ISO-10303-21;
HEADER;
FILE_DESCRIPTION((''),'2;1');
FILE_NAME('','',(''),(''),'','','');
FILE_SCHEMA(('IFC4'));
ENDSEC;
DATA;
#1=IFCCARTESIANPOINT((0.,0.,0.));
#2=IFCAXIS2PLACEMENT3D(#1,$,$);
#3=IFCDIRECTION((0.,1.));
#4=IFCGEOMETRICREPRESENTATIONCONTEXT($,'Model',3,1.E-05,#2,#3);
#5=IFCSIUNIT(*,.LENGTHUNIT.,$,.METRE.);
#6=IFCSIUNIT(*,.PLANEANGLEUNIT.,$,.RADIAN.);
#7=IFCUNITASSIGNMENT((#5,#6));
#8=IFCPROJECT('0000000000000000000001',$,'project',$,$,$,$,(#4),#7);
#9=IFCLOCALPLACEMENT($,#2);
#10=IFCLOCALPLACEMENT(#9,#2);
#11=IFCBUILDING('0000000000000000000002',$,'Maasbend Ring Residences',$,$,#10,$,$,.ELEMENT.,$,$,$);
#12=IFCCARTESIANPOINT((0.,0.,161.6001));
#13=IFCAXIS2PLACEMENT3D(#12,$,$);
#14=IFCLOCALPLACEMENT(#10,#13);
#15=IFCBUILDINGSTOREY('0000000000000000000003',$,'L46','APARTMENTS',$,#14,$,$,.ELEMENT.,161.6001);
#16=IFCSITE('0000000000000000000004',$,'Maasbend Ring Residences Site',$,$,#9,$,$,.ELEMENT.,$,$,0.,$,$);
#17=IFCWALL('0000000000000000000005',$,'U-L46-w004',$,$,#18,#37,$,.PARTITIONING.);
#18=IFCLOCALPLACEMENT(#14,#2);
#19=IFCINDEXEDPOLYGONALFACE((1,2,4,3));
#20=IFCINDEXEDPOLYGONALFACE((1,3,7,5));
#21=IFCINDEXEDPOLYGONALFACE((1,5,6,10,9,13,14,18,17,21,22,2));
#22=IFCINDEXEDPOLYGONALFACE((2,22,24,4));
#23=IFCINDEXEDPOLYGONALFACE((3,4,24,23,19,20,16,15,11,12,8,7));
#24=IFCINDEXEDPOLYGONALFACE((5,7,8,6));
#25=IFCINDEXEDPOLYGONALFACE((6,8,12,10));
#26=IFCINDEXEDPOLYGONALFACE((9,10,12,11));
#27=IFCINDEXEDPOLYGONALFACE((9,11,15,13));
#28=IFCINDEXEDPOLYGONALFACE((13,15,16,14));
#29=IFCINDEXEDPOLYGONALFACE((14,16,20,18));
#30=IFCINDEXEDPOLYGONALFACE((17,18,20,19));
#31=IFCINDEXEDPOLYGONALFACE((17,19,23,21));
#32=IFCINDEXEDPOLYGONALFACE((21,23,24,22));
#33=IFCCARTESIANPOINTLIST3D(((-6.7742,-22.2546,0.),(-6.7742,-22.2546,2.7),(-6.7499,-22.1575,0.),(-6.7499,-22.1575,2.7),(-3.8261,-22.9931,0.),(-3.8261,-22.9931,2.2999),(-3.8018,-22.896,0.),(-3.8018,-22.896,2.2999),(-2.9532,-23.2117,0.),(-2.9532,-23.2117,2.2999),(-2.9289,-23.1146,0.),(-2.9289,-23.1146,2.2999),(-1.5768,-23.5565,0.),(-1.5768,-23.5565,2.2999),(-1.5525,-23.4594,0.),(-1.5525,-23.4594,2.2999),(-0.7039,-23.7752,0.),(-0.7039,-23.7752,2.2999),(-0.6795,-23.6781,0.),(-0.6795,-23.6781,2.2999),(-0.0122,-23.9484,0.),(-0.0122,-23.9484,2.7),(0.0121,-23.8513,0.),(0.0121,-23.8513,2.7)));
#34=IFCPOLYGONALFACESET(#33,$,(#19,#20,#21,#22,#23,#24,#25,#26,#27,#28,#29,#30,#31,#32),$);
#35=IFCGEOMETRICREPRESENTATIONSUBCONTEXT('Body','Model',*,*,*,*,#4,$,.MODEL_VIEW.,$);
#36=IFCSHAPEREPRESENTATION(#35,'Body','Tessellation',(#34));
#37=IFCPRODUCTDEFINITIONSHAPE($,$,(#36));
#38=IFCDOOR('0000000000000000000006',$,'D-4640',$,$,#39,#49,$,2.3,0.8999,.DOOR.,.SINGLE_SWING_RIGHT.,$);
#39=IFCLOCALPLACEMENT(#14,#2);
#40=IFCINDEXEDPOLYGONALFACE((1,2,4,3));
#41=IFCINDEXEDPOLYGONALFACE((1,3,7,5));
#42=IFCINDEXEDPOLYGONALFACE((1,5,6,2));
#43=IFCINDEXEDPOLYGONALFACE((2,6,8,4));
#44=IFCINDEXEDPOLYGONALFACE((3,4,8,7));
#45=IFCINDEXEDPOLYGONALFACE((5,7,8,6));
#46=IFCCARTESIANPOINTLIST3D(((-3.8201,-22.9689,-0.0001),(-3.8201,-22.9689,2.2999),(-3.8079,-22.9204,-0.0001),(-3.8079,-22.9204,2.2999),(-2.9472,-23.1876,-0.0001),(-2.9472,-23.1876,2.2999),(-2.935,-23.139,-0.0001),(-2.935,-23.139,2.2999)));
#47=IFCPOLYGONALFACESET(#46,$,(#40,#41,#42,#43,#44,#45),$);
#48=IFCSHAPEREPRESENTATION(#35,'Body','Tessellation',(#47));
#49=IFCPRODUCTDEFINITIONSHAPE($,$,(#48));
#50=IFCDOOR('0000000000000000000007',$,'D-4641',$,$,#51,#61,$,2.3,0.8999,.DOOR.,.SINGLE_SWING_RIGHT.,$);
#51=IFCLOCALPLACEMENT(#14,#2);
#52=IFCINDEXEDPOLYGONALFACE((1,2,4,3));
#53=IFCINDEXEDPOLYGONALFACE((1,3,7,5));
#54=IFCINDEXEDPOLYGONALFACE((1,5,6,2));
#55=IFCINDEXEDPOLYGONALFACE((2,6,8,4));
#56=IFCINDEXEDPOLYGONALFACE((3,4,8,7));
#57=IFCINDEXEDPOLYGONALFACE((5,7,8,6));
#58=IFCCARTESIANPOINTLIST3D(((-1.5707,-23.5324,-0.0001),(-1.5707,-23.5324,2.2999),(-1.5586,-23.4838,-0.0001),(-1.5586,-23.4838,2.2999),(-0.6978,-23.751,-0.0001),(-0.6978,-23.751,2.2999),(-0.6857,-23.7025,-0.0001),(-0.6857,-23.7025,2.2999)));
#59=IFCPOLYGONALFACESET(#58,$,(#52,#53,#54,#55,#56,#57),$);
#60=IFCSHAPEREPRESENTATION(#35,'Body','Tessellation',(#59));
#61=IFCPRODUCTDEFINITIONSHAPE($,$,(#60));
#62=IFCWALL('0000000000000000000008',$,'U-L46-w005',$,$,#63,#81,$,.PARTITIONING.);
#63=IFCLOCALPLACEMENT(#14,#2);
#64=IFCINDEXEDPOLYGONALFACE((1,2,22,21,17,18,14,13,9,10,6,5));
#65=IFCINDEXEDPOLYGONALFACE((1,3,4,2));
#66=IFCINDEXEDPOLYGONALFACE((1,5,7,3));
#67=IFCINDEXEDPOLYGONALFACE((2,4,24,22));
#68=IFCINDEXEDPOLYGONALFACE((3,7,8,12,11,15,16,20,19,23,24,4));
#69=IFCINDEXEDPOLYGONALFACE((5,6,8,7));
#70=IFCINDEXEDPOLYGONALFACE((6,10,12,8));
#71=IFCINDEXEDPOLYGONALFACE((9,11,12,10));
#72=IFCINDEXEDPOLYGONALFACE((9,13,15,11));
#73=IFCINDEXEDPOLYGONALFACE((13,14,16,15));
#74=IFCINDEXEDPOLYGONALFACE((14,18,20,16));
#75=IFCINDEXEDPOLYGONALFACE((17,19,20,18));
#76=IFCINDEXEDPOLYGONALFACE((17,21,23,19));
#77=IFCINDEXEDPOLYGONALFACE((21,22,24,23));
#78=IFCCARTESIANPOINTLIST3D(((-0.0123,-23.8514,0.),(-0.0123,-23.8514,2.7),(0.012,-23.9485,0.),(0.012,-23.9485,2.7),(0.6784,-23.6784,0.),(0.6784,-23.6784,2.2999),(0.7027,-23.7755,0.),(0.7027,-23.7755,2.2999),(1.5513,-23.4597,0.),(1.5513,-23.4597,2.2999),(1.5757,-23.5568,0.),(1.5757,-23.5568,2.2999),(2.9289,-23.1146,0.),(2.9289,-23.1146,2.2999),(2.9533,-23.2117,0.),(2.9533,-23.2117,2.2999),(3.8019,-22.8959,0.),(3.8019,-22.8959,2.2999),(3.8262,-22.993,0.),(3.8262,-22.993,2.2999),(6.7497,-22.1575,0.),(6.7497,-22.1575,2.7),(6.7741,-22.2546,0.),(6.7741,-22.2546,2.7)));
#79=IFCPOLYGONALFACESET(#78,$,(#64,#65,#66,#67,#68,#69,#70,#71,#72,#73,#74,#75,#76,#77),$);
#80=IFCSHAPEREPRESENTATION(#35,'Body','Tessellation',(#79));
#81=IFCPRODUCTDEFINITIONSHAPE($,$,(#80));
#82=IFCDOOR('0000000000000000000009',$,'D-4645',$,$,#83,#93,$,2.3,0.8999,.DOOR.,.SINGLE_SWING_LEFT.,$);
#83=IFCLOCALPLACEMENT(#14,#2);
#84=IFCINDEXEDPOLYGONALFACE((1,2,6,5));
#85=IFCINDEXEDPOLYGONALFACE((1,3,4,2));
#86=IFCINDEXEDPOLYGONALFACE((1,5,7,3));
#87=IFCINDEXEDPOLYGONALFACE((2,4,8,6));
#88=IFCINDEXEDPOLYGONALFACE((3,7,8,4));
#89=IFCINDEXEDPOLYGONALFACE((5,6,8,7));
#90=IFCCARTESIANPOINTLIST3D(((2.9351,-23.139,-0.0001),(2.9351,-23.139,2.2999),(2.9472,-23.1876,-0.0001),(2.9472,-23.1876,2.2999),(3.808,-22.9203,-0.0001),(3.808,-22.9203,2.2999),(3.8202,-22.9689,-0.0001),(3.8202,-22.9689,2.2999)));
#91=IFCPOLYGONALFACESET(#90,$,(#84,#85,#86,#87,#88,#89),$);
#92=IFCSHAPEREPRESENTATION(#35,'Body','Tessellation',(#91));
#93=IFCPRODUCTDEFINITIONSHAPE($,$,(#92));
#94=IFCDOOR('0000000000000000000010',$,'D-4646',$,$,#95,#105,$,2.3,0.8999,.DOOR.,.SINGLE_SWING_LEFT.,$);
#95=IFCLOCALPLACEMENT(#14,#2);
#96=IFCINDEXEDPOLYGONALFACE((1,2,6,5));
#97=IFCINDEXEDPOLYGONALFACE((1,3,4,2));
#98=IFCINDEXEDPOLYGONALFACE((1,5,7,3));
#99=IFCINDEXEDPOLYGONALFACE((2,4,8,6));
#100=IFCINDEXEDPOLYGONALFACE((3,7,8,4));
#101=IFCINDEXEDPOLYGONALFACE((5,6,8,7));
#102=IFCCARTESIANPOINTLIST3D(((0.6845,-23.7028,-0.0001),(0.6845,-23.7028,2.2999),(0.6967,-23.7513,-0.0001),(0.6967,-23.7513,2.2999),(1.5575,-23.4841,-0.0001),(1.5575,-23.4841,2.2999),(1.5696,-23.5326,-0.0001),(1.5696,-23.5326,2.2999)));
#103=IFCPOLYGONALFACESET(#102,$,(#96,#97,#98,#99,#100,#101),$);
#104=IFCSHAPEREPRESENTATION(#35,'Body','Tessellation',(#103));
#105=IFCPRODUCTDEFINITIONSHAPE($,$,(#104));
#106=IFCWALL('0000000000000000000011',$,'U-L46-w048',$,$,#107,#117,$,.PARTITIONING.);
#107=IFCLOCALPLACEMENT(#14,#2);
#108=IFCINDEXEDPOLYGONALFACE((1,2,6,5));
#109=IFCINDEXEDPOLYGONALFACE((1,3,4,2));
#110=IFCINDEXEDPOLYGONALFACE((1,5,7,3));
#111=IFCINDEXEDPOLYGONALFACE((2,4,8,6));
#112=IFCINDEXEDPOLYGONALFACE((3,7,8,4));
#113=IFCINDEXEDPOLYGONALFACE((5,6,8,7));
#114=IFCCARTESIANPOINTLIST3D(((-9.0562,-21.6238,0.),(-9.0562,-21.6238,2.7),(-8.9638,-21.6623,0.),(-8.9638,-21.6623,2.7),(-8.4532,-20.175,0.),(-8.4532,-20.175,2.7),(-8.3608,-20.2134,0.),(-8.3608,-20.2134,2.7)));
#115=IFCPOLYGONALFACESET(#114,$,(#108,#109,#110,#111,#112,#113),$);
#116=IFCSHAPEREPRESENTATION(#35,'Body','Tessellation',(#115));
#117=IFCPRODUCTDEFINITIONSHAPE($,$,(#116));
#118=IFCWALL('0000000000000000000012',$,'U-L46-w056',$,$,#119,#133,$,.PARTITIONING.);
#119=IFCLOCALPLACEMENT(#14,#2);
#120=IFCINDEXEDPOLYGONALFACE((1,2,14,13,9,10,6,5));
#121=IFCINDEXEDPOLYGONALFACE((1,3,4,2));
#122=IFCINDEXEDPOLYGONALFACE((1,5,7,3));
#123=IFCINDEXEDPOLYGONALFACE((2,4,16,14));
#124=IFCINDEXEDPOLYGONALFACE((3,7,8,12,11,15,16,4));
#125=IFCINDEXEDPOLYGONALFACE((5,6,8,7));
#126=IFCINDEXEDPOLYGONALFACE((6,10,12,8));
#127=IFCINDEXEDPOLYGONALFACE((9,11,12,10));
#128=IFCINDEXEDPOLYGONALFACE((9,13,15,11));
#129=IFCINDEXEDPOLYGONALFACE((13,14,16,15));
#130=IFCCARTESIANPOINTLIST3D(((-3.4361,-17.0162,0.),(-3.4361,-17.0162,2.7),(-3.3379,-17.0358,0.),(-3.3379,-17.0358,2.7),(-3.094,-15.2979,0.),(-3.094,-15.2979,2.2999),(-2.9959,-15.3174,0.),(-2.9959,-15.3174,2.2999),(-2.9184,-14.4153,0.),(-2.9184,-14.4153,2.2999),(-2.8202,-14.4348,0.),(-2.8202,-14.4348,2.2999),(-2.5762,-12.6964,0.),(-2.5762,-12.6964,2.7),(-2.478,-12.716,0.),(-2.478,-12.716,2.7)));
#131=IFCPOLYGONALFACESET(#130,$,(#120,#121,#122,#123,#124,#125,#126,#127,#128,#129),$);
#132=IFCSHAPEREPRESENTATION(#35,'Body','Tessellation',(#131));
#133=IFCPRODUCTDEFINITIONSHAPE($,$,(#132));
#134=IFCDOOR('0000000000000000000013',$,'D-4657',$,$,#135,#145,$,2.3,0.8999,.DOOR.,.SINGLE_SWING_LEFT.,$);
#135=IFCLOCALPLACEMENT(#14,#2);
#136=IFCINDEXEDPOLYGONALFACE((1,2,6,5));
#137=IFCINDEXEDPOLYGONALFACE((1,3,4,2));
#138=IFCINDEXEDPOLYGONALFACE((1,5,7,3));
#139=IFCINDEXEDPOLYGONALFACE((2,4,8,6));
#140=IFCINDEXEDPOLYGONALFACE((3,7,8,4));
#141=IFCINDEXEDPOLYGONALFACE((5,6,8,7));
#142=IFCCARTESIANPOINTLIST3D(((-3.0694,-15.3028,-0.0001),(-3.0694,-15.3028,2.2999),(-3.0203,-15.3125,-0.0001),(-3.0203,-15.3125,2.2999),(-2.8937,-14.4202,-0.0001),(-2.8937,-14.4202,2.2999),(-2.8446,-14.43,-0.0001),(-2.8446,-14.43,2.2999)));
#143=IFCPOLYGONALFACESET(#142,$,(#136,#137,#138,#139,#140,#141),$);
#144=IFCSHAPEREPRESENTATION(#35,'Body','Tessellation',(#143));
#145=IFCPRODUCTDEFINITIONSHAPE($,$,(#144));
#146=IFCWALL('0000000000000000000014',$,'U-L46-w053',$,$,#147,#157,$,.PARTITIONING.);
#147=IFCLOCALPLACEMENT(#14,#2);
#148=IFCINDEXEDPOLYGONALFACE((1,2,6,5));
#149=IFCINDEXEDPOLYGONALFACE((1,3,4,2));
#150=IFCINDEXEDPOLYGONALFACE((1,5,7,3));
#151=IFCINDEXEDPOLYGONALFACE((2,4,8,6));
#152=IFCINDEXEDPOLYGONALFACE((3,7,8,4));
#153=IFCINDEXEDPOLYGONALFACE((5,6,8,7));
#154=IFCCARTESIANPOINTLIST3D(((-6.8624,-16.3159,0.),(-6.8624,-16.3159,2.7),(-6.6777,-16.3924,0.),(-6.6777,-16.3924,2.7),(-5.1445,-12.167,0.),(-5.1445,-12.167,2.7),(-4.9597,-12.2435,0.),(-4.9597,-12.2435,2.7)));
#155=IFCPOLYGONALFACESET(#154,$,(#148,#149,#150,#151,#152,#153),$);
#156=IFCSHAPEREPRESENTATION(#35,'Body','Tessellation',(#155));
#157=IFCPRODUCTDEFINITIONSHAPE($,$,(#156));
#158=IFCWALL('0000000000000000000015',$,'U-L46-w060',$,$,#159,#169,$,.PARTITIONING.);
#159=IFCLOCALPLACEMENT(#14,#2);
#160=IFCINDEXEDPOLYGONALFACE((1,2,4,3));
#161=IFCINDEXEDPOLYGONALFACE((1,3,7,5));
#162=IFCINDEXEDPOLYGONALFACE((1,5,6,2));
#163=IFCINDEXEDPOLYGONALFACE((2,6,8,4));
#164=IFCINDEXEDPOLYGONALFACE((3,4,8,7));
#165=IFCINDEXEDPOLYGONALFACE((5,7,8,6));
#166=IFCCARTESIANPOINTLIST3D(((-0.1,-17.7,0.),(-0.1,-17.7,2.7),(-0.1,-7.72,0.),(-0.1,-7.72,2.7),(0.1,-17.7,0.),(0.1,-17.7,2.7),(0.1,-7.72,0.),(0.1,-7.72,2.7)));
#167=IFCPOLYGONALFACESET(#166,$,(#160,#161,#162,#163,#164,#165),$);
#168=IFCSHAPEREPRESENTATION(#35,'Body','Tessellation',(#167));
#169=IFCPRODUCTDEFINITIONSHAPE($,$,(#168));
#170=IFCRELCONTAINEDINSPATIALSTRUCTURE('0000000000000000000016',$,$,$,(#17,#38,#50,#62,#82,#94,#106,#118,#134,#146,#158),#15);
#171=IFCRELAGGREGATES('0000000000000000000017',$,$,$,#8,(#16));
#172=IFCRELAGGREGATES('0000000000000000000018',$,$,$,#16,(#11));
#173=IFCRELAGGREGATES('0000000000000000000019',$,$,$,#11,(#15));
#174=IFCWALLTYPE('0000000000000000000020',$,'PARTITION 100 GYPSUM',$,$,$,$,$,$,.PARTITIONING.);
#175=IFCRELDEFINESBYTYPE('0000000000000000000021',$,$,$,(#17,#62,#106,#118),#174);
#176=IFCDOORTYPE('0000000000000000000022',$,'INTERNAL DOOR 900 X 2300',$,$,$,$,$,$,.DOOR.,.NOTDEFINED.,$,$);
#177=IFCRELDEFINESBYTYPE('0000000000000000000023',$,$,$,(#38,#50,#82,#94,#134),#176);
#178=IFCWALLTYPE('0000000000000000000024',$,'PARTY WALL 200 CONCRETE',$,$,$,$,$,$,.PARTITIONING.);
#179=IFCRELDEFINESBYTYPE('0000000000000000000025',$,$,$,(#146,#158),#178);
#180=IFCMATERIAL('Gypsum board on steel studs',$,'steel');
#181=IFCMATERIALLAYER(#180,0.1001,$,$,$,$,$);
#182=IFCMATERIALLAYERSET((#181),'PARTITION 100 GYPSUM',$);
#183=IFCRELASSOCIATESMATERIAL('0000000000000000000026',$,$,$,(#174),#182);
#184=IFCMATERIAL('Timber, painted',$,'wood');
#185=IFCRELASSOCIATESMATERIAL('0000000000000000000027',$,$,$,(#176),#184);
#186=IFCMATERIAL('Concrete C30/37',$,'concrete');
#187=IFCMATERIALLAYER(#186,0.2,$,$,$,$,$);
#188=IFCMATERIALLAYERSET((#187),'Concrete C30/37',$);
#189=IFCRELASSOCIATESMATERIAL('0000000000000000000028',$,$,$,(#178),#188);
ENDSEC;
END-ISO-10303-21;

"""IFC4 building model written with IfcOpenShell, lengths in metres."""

from ifc_helpers import new_model, si_unit, direction, frame, frame_2d, origin, place, context, subcontext, project, spatial, rectangle, extrude, material, layer, layer_set, type_object, element, fill, save


model = new_model("IFC4")

# Units and contexts
model_context = context("Model", 3, precision=1e-05, world=origin(), true_north=direction((0.0, 1.0)))
body_context = subcontext(model_context, "Body", "Model", "MODEL_VIEW")
ifc_project = project(units=[si_unit("LENGTHUNIT", "METRE"), si_unit("PLANEANGLEUNIT", "RADIAN")], contexts=[model_context])

# Site, building, storey
site_placement = place(None, origin())
site = spatial("IfcSite", under=ifc_project, at=site_placement, Name="Maasbend Ring Residences Site", CompositionType="ELEMENT", RefElevation=0.0)
building_placement = place(site_placement, origin())
building = spatial("IfcBuilding", under=site, at=building_placement, Name="Maasbend Ring Residences", CompositionType="ELEMENT")
storey_placement = place(building_placement, frame((0.0, 0.0, 161.6001)))
storey = spatial("IfcBuildingStorey", under=building, at=storey_placement, Name="L46", Description="APARTMENTS", CompositionType="ELEMENT", Elevation=161.6001)

# Walls, openings, doors
ifc_material_1 = material(Name="Gypsum board on steel studs", Category="steel")
ifc_layer_1 = layer(ifc_material_1, 0.1001)
ifc_layer_set_1 = layer_set([ifc_layer_1], Name="PARTITION 100 GYPSUM")
wall_type_1 = type_object("IfcWallType", Name="PARTITION 100 GYPSUM", PredefinedType="PARTITIONING", material=ifc_layer_set_1)
wall_1_placement = place(storey_placement, frame((-6.762, -22.2061, 0.0), z_axis=(0.0, 0.0, 1.0), x_axis=(0.970029, -0.242989, 0.0)))
wall_1 = element("IfcWall", 1, at=wall_1_placement, inside=storey, type_object=wall_type_1, Name="U-L46-w004", PredefinedType="PARTITIONING", context=body_context, shape_type="SweptSolid", body=[
    extrude(rectangle(XDim=6.9709, YDim=0.1001, at=frame_2d((3.4854, 0.0))), origin(), (0.0, 0.0, 1.0), 2.7),
])
opening_1_placement = place(wall_1_placement, frame((3.0391, 0.0, 0.0)))
opening_1 = element("IfcOpeningElement", 2, at=opening_1_placement, cuts=wall_1, PredefinedType="OPENING", context=body_context, shape_type="SweptSolid", body=[
    extrude(rectangle(XDim=0.8999, YDim=2.3, at=frame_2d((0.45, 1.1499))), frame((0.0, 0.0601, 0.0), z_axis=(0.0, -1.0, 0.0), x_axis=(1.0, 0.0, 0.0)), (0.0, 0.0, 1.0), 0.1201),
])
opening_2_placement = place(wall_1_placement, frame((5.3579, 0.0, 0.0)))
opening_2 = element("IfcOpeningElement", 3, at=opening_2_placement, cuts=wall_1, PredefinedType="OPENING", context=body_context, shape_type="SweptSolid", body=[
    extrude(rectangle(XDim=0.8999, YDim=2.3, at=frame_2d((0.45, 1.1499))), frame((0.0, 0.0601, 0.0), z_axis=(0.0, -1.0, 0.0), x_axis=(1.0, 0.0, 0.0)), (0.0, 0.0, 1.0), 0.1201),
])
ifc_material_2 = material(Name="Timber, painted", Category="wood")
door_type_1 = type_object("IfcDoorType", Name="INTERNAL DOOR 900 X 2300", OperationType="NOTDEFINED", PredefinedType="DOOR", material=ifc_material_2)
door_1_placement = place(opening_1_placement, origin())
door_1 = element("IfcDoor", 4, at=door_1_placement, inside=storey, type_object=door_type_1, Name="D-4640", OperationType="SINGLE_SWING_RIGHT", OverallHeight=2.3, OverallWidth=0.8999, PredefinedType="DOOR", context=body_context, shape_type="SweptSolid", body=[
    extrude(rectangle(XDim=0.8999, YDim=2.3, at=frame_2d((0.45, 1.1499))), frame((0.0, 0.0249, 0.0), z_axis=(0.0, -1.0, 0.0), x_axis=(1.0, 0.0, 0.0)), (0.0, 0.0, 1.0), 0.05),
])
fill(opening_1, door_1)
door_2_placement = place(opening_2_placement, origin())
door_2 = element("IfcDoor", 5, at=door_2_placement, inside=storey, type_object=door_type_1, Name="D-4641", OperationType="SINGLE_SWING_RIGHT", OverallHeight=2.3, OverallWidth=0.8999, PredefinedType="DOOR", context=body_context, shape_type="SweptSolid", body=[
    extrude(rectangle(XDim=0.8999, YDim=2.3, at=frame_2d((0.45, 1.1499))), frame((0.0, 0.0249, 0.0), z_axis=(0.0, -1.0, 0.0), x_axis=(1.0, 0.0, 0.0)), (0.0, 0.0, 1.0), 0.05),
])
fill(opening_2, door_2)
wall_2_placement = place(storey_placement, frame((0.0, -23.8999, 0.0), z_axis=(0.0, 0.0, 1.0), x_axis=(0.970029, 0.242989, 0.0)))
wall_2 = element("IfcWall", 6, at=wall_2_placement, inside=storey, type_object=wall_type_1, Name="U-L46-w005", PredefinedType="PARTITIONING", context=body_context, shape_type="SweptSolid", body=[
    extrude(rectangle(XDim=6.9709, YDim=0.1001, at=frame_2d((3.4854, 0.0))), origin(), (0.0, 0.0, 1.0), 2.7),
])
opening_3_placement = place(wall_2_placement, frame((3.032, 0.0, 0.0)))
opening_3 = element("IfcOpeningElement", 7, at=opening_3_placement, cuts=wall_2, PredefinedType="OPENING", context=body_context, shape_type="SweptSolid", body=[
    extrude(rectangle(XDim=0.8999, YDim=2.3, at=frame_2d((0.45, 1.1499))), frame((0.0, 0.0601, 0.0), z_axis=(0.0, -1.0, 0.0), x_axis=(1.0, 0.0, 0.0)), (0.0, 0.0, 1.0), 0.1201),
])
opening_4_placement = place(wall_2_placement, frame((0.7119, 0.0, 0.0)))
opening_4 = element("IfcOpeningElement", 8, at=opening_4_placement, cuts=wall_2, PredefinedType="OPENING", context=body_context, shape_type="SweptSolid", body=[
    extrude(rectangle(XDim=0.8999, YDim=2.3, at=frame_2d((0.45, 1.1499))), frame((0.0, 0.0601, 0.0), z_axis=(0.0, -1.0, 0.0), x_axis=(1.0, 0.0, 0.0)), (0.0, 0.0, 1.0), 0.1201),
])
door_3_placement = place(opening_3_placement, origin())
door_3 = element("IfcDoor", 9, at=door_3_placement, inside=storey, type_object=door_type_1, Name="D-4645", OperationType="SINGLE_SWING_LEFT", OverallHeight=2.3, OverallWidth=0.8999, PredefinedType="DOOR", context=body_context, shape_type="SweptSolid", body=[
    extrude(rectangle(XDim=0.8999, YDim=2.3, at=frame_2d((0.45, 1.1499))), frame((0.0, 0.0249, 0.0), z_axis=(0.0, -1.0, 0.0), x_axis=(1.0, 0.0, 0.0)), (0.0, 0.0, 1.0), 0.05),
])
fill(opening_3, door_3)
door_4_placement = place(opening_4_placement, origin())
door_4 = element("IfcDoor", 10, at=door_4_placement, inside=storey, type_object=door_type_1, Name="D-4646", OperationType="SINGLE_SWING_LEFT", OverallHeight=2.3, OverallWidth=0.8999, PredefinedType="DOOR", context=body_context, shape_type="SweptSolid", body=[
    extrude(rectangle(XDim=0.8999, YDim=2.3, at=frame_2d((0.45, 1.1499))), frame((0.0, 0.0249, 0.0), z_axis=(0.0, -1.0, 0.0), x_axis=(1.0, 0.0, 0.0)), (0.0, 0.0, 1.0), 0.05),
])
fill(opening_4, door_4)

# Wall
wall_3_placement = place(storey_placement, frame((-9.01, -21.6431, 0.0), z_axis=(0.0, 0.0, 1.0), x_axis=(0.384229, 0.923238, 0.0)))
element("IfcWall", 11, at=wall_3_placement, inside=storey, type_object=wall_type_1, Name="U-L46-w048", PredefinedType="PARTITIONING", context=body_context, shape_type="SweptSolid", body=[
    extrude(rectangle(XDim=1.5693, YDim=0.1001, at=frame_2d((0.7847, 0.0))), origin(), (0.0, 0.0, 1.0), 2.7),
])

# Wall, opening, door
wall_4_placement = place(storey_placement, frame((-3.387, -17.0259, 0.0), z_axis=(0.0, 0.0, 1.0), x_axis=(0.195221, 0.980759, 0.0)))
wall_4 = element("IfcWall", 12, at=wall_4_placement, inside=storey, type_object=wall_type_1, Name="U-L46-w056", PredefinedType="PARTITIONING", context=body_context, shape_type="SweptSolid", body=[
    extrude(rectangle(XDim=4.4045, YDim=0.1001, at=frame_2d((2.2021, 0.0))), origin(), (0.0, 0.0, 1.0), 2.7),
])
opening_5_placement = place(wall_4_placement, frame((1.752, 0.0, 0.0)))
opening_5 = element("IfcOpeningElement", 13, at=opening_5_placement, cuts=wall_4, PredefinedType="OPENING", context=body_context, shape_type="SweptSolid", body=[
    extrude(rectangle(XDim=0.8999, YDim=2.3, at=frame_2d((0.45, 1.1499))), frame((0.0, 0.0601, 0.0), z_axis=(0.0, -1.0, 0.0), x_axis=(1.0, 0.0, 0.0)), (0.0, 0.0, 1.0), 0.1201),
])
door_5_placement = place(opening_5_placement, origin())
door_5 = element("IfcDoor", 14, at=door_5_placement, inside=storey, type_object=door_type_1, Name="D-4657", OperationType="SINGLE_SWING_LEFT", OverallHeight=2.3, OverallWidth=0.8999, PredefinedType="DOOR", context=body_context, shape_type="SweptSolid", body=[
    extrude(rectangle(XDim=0.8999, YDim=2.3, at=frame_2d((0.45, 1.1499))), frame((0.0, 0.0249, 0.0), z_axis=(0.0, -1.0, 0.0), x_axis=(1.0, 0.0, 0.0)), (0.0, 0.0, 1.0), 0.05),
])
fill(opening_5, door_5)

# Walls
ifc_material_3 = material(Name="Concrete C30/37", Category="concrete")
ifc_layer_2 = layer(ifc_material_3, 0.2)
ifc_layer_set_2 = layer_set([ifc_layer_2], Name="Concrete C30/37")
wall_type_2 = type_object("IfcWallType", Name="PARTY WALL 200 CONCRETE", PredefinedType="PARTITIONING", material=ifc_layer_set_2)
wall_5_placement = place(storey_placement, frame((-6.77, -16.354, 0.0), z_axis=(0.0, 0.0, 1.0), x_axis=(0.382584, 0.923921, 0.0)))
element("IfcWall", 15, at=wall_5_placement, inside=storey, type_object=wall_type_2, Name="U-L46-w053", PredefinedType="PARTITIONING", context=body_context, shape_type="SweptSolid", body=[
    extrude(rectangle(XDim=4.4905, YDim=0.2, at=frame_2d((2.2451, 0.0))), origin(), (0.0, 0.0, 1.0), 2.7),
])
wall_6_placement = place(storey_placement, frame((0.0, -17.7, 0.0), z_axis=(0.0, 0.0, 1.0), x_axis=(0.0, 1.0, 0.0)))
element("IfcWall", 16, at=wall_6_placement, inside=storey, type_object=wall_type_2, Name="U-L46-w060", PredefinedType="PARTITIONING", context=body_context, shape_type="SweptSolid", body=[
    extrude(rectangle(XDim=9.98, YDim=0.2, at=frame_2d((4.99, 0.0))), origin(), (0.0, 0.0, 1.0), 2.7),
])

save(model, "model.ifc")
